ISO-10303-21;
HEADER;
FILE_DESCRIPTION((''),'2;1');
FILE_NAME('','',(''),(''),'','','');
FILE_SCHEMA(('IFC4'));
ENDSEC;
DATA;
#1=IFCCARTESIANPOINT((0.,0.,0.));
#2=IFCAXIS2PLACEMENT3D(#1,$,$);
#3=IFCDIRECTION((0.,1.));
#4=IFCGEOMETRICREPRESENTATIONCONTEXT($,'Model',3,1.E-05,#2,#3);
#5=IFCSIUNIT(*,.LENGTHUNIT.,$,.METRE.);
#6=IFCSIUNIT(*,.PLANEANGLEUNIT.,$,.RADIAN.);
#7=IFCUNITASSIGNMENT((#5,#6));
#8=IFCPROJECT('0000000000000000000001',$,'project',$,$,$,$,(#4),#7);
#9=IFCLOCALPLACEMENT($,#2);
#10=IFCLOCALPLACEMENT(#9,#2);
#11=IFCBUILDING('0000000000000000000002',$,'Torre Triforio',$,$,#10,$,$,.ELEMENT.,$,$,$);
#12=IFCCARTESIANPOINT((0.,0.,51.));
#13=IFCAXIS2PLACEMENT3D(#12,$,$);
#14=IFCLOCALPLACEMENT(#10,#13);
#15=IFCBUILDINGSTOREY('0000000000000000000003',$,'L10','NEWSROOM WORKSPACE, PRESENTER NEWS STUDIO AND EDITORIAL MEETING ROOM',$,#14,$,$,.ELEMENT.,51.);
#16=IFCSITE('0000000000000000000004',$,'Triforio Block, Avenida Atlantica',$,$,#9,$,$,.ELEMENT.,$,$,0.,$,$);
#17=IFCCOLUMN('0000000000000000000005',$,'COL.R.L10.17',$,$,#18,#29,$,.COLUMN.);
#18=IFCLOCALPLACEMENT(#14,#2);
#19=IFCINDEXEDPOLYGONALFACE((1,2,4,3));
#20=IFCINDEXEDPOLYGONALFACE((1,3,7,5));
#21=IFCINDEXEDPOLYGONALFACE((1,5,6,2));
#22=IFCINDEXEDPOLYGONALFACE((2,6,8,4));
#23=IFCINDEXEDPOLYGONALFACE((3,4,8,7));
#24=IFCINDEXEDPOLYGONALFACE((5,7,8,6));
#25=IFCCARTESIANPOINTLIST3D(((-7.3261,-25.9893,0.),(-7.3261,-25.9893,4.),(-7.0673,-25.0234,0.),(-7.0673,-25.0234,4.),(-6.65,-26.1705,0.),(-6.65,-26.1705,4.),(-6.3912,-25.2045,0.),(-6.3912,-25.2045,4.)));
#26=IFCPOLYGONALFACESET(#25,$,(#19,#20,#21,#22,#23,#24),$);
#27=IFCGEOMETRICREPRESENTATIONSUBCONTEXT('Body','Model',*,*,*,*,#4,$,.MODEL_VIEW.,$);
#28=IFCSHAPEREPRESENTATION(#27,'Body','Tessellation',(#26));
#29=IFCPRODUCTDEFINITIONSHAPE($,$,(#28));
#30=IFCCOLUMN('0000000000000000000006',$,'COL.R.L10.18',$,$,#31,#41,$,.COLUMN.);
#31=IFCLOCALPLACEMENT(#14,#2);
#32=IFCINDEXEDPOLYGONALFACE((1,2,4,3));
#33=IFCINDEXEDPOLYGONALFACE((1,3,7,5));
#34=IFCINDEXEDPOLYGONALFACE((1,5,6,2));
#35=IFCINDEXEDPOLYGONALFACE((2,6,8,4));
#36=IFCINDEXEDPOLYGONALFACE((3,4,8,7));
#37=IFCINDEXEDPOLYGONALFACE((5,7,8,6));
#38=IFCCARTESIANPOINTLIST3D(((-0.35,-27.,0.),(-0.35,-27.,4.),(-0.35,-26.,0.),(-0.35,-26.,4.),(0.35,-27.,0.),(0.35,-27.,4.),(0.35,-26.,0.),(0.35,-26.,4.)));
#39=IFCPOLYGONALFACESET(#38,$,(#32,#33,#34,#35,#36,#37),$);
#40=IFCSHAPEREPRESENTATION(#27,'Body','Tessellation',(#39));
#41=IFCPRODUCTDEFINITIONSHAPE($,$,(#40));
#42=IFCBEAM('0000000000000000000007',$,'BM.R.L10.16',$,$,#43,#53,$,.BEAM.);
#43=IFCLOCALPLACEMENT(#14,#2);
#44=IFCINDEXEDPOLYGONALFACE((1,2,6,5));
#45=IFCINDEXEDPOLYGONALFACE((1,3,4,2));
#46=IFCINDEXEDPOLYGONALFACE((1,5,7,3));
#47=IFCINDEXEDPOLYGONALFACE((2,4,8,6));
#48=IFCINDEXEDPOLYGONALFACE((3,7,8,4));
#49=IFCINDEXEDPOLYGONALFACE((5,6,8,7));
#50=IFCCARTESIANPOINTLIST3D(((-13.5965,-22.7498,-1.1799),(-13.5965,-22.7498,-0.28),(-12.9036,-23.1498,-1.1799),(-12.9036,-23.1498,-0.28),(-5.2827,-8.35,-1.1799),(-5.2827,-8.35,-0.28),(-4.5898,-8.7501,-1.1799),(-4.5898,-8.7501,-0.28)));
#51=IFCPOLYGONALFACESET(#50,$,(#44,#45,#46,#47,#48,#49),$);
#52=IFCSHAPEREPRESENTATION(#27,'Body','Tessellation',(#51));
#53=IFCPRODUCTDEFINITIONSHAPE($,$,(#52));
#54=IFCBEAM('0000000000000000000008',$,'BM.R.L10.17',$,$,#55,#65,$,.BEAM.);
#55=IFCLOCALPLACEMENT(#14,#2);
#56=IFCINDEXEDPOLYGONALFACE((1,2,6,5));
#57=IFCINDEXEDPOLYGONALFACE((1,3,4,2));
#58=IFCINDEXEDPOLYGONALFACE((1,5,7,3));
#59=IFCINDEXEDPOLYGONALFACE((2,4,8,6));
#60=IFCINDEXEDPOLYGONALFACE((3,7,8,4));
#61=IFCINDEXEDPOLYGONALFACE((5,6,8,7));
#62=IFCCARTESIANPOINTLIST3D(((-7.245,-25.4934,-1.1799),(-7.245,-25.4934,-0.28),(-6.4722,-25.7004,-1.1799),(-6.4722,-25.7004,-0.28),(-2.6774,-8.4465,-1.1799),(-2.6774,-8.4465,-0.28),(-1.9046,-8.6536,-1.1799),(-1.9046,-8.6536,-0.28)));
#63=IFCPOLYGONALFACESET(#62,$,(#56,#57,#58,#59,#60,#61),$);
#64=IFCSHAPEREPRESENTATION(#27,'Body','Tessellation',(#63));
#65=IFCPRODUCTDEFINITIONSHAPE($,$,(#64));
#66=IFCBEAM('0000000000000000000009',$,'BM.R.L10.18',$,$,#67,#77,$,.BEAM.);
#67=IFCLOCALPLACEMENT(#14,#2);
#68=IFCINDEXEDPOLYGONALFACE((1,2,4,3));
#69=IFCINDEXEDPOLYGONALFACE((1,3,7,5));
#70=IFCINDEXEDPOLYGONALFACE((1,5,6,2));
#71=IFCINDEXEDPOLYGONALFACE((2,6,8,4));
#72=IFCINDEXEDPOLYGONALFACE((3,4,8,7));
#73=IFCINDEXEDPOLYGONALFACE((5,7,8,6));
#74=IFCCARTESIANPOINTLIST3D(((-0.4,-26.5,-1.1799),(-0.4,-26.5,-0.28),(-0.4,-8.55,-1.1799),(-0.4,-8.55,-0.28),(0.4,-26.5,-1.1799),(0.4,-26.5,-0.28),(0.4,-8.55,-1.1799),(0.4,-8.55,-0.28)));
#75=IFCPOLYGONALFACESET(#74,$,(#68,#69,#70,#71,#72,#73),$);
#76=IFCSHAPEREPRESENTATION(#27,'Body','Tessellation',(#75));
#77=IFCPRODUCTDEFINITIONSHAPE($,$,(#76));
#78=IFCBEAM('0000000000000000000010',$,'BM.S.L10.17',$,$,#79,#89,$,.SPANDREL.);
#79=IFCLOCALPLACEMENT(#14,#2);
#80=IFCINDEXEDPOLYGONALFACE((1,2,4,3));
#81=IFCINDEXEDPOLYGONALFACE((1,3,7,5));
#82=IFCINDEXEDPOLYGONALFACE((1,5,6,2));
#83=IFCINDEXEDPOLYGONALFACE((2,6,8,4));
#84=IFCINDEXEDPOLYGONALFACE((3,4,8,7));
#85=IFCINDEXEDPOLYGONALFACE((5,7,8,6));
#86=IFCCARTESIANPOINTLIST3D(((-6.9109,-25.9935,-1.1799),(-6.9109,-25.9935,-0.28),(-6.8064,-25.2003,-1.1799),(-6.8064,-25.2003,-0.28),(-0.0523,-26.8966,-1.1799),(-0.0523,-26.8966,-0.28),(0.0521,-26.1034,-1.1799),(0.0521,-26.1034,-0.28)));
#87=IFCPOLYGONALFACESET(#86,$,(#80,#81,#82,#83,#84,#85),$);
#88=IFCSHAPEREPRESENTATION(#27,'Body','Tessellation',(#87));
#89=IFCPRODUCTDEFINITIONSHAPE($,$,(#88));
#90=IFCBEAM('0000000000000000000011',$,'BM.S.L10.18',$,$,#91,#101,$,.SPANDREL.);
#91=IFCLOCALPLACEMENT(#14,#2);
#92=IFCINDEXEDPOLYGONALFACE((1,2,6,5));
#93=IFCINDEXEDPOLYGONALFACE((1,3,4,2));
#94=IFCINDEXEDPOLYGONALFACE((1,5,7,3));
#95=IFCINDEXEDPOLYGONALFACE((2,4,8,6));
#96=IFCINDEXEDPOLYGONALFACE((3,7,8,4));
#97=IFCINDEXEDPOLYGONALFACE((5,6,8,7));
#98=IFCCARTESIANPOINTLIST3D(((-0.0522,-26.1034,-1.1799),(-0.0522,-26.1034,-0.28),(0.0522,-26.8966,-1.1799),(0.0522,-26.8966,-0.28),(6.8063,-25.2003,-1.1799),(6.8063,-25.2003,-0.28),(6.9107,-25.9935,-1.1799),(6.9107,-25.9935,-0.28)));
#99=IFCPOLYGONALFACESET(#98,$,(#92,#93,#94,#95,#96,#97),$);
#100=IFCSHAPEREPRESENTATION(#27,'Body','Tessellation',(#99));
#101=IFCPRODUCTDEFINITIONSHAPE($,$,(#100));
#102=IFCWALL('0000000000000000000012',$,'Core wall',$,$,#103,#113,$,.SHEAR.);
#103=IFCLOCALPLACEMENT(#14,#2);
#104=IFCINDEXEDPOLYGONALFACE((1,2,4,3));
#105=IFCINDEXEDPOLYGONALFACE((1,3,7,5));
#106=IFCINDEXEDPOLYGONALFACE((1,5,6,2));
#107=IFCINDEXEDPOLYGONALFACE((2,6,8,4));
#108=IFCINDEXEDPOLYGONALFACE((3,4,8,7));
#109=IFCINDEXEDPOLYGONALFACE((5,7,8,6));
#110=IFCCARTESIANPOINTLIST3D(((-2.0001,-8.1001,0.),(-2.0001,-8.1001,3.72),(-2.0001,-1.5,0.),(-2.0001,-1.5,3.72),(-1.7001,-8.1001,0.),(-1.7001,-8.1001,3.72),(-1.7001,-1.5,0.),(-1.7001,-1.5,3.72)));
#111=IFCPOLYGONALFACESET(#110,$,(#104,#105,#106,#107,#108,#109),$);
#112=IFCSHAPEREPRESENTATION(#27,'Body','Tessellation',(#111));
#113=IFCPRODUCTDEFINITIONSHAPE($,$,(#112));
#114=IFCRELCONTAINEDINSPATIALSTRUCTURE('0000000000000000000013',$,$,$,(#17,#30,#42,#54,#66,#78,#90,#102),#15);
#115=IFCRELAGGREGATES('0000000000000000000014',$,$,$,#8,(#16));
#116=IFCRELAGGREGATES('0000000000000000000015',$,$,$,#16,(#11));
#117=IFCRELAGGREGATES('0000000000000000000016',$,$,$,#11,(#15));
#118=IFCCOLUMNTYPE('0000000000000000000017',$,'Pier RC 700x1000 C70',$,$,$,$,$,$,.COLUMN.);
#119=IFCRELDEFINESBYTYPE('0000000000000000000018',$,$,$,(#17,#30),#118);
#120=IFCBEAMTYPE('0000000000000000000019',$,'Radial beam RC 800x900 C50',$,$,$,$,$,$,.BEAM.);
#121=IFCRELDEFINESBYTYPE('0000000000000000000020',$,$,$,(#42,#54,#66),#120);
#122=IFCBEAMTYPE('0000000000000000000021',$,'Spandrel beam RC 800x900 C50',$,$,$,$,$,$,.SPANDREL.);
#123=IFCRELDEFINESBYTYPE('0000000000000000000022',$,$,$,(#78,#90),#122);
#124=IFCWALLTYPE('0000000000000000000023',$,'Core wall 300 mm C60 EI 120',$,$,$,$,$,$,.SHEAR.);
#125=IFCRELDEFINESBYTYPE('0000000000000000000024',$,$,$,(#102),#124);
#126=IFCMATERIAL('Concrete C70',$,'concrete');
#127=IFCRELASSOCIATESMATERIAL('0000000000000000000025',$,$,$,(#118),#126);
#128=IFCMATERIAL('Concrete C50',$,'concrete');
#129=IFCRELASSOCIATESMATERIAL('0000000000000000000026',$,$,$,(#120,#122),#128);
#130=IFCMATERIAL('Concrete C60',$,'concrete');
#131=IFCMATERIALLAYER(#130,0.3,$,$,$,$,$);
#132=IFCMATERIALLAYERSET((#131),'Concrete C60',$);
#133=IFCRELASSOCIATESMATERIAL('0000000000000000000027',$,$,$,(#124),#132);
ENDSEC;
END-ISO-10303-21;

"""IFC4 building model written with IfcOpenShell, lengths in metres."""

from ifc_helpers import new_model, si_unit, direction, frame, frame_2d, origin, origin_2d, place, context, subcontext, project, spatial, rectangle, extrude, material, layer, layer_set, material_profile, profile_set, type_object, element, save


model = new_model("IFC4")

# Units and contexts
model_context = context("Model", 3, precision=1e-05, world=origin(), true_north=direction((0.0, 1.0)))
body_context = subcontext(model_context, "Body", "Model", "MODEL_VIEW")
ifc_project = project(units=[si_unit("LENGTHUNIT", "METRE"), si_unit("PLANEANGLEUNIT", "RADIAN")], contexts=[model_context])

# Site, building, storey
site_placement = place(None, origin())
site = spatial("IfcSite", under=ifc_project, at=site_placement, Name="Triforio Block, Avenida Atlantica", CompositionType="ELEMENT", RefElevation=0.0)
building_placement = place(site_placement, origin())
building = spatial("IfcBuilding", under=site, at=building_placement, Name="Torre Triforio", CompositionType="ELEMENT")
storey_placement = place(building_placement, frame((0.0, 0.0, 51.0)))
storey = spatial("IfcBuildingStorey", under=building, at=storey_placement, Name="L10", Description="NEWSROOM WORKSPACE, PRESENTER NEWS STUDIO AND EDITORIAL MEETING ROOM", CompositionType="ELEMENT", Elevation=51.0)

# Columns
ifc_material_1 = material(Name="Concrete C70", Category="concrete")
ifc_material_profile_1 = material_profile(ifc_material_1, rectangle(XDim=0.7, YDim=1.0, at=origin_2d()), Name="RC 700x1000")
ifc_profile_set_1 = profile_set([ifc_material_profile_1], Name="Concrete C70")
column_type = type_object("IfcColumnType", Name="Pier RC 700x1000 C70", PredefinedType="COLUMN", material=ifc_profile_set_1)
for number, where, z_axis, x_axis, name in (
    (1, (-6.8586, -25.5969, 0.0), (0.0, 0.0, 1.0), (0.965926, -0.258819, 0.0), "COL.R.L10.17"),
    (2, (0.0, -26.5, 0.0), (0.0, 0.0, 1.0), (1.0, 0.0, 0.0), "COL.R.L10.18"),
):
    element("IfcColumn", number, at=place(storey_placement, frame(where, z_axis=z_axis, x_axis=x_axis)), inside=storey, type_object=column_type, Name=name, PredefinedType="COLUMN", context=body_context, shape_type="SweptSolid", body=[
        extrude(rectangle(XDim=0.7, YDim=1.0, at=origin_2d()), origin(), (0.0, 0.0, 1.0), 4.0),
    ])

# Beams
ifc_material_2 = material(Name="Concrete C50", Category="concrete")
ifc_material_profile_2 = material_profile(ifc_material_2, rectangle(XDim=0.8, YDim=0.8999, at=origin_2d()), Name="RC 800x900")
ifc_profile_set_2 = profile_set([ifc_material_profile_2], Name="Concrete C50")
beam_type_1 = type_object("IfcBeamType", Name="Radial beam RC 800x900 C50", PredefinedType="BEAM", material=ifc_profile_set_2)
beam_1_placement = place(storey_placement, frame((-4.9363, -8.55, -0.73), z_axis=(-0.500003, -0.866023, 0.0), x_axis=(0.866023, -0.500003, 0.0)))
element("IfcBeam", 3, at=beam_1_placement, inside=storey, type_object=beam_type_1, Name="BM.R.L10.16", PredefinedType="BEAM", context=body_context, shape_type="SweptSolid", body=[
    extrude(rectangle(XDim=0.8, YDim=0.8999, at=origin_2d()), origin(), (0.0, 0.0, 1.0), 16.6274),
])
beam_2_placement = place(storey_placement, frame((-2.291, -8.55, -0.73), z_axis=(-0.258815, -0.965927, 0.0), x_axis=(0.965927, -0.258815, 0.0)))
element("IfcBeam", 4, at=beam_2_placement, inside=storey, type_object=beam_type_1, Name="BM.R.L10.17", PredefinedType="BEAM", context=body_context, shape_type="SweptSolid", body=[
    extrude(rectangle(XDim=0.8, YDim=0.8999, at=origin_2d()), origin(), (0.0, 0.0, 1.0), 17.6482),
])
beam_3_placement = place(storey_placement, frame((0.0, -8.55, -0.73), z_axis=(0.0, -1.0, 0.0), x_axis=(1.0, 0.0, 0.0)))
element("IfcBeam", 5, at=beam_3_placement, inside=storey, type_object=beam_type_1, Name="BM.R.L10.18", PredefinedType="BEAM", context=body_context, shape_type="SweptSolid", body=[
    extrude(rectangle(XDim=0.8, YDim=0.8999, at=origin_2d()), origin(), (0.0, 0.0, 1.0), 17.95),
])
ifc_material_profile_3 = material_profile(ifc_material_2, rectangle(XDim=0.8, YDim=0.8999, at=origin_2d()), Name="RC 800x900")
ifc_profile_set_3 = profile_set([ifc_material_profile_3], Name="Concrete C50")
beam_type_2 = type_object("IfcBeamType", Name="Spandrel beam RC 800x900 C50", PredefinedType="SPANDREL", material=ifc_profile_set_3)
for number, where, z_axis, x_axis, name in (
    (6, (-6.8586, -25.5969, -0.73), (0.991443, -0.130543, 0.0), (0.130543, 0.991443, 0.0), "BM.S.L10.17"),
    (7, (0.0, -26.5, -0.73), (0.991443, 0.130543, 0.0), (-0.130543, 0.991443, 0.0), "BM.S.L10.18"),
):
    element("IfcBeam", number, at=place(storey_placement, frame(where, z_axis=z_axis, x_axis=x_axis)), inside=storey, type_object=beam_type_2, Name=name, PredefinedType="SPANDREL", context=body_context, shape_type="SweptSolid", body=[
        extrude(rectangle(XDim=0.8, YDim=0.8999, at=origin_2d()), origin(), (0.0, 0.0, 1.0), 6.9177),
    ])

# Wall
ifc_material_3 = material(Name="Concrete C60", Category="concrete")
ifc_layer_1 = layer(ifc_material_3, 0.3)
ifc_layer_set_1 = layer_set([ifc_layer_1], Name="Concrete C60")
wall_type_1 = type_object("IfcWallType", Name="Core wall 300 mm C60 EI 120", PredefinedType="SHEAR", material=ifc_layer_set_1)
wall_1_placement = place(storey_placement, frame((-1.8501, -8.1001, 0.0), z_axis=(0.0, 0.0, 1.0), x_axis=(0.0, 1.0, 0.0)))
element("IfcWall", 8, at=wall_1_placement, inside=storey, type_object=wall_type_1, Name="Core wall", PredefinedType="SHEAR", context=body_context, shape_type="SweptSolid", body=[
    extrude(rectangle(XDim=6.6001, YDim=0.3, at=frame_2d((3.3, 0.0))), origin(), (0.0, 0.0, 1.0), 3.72),
])

save(model, "model.ifc")
